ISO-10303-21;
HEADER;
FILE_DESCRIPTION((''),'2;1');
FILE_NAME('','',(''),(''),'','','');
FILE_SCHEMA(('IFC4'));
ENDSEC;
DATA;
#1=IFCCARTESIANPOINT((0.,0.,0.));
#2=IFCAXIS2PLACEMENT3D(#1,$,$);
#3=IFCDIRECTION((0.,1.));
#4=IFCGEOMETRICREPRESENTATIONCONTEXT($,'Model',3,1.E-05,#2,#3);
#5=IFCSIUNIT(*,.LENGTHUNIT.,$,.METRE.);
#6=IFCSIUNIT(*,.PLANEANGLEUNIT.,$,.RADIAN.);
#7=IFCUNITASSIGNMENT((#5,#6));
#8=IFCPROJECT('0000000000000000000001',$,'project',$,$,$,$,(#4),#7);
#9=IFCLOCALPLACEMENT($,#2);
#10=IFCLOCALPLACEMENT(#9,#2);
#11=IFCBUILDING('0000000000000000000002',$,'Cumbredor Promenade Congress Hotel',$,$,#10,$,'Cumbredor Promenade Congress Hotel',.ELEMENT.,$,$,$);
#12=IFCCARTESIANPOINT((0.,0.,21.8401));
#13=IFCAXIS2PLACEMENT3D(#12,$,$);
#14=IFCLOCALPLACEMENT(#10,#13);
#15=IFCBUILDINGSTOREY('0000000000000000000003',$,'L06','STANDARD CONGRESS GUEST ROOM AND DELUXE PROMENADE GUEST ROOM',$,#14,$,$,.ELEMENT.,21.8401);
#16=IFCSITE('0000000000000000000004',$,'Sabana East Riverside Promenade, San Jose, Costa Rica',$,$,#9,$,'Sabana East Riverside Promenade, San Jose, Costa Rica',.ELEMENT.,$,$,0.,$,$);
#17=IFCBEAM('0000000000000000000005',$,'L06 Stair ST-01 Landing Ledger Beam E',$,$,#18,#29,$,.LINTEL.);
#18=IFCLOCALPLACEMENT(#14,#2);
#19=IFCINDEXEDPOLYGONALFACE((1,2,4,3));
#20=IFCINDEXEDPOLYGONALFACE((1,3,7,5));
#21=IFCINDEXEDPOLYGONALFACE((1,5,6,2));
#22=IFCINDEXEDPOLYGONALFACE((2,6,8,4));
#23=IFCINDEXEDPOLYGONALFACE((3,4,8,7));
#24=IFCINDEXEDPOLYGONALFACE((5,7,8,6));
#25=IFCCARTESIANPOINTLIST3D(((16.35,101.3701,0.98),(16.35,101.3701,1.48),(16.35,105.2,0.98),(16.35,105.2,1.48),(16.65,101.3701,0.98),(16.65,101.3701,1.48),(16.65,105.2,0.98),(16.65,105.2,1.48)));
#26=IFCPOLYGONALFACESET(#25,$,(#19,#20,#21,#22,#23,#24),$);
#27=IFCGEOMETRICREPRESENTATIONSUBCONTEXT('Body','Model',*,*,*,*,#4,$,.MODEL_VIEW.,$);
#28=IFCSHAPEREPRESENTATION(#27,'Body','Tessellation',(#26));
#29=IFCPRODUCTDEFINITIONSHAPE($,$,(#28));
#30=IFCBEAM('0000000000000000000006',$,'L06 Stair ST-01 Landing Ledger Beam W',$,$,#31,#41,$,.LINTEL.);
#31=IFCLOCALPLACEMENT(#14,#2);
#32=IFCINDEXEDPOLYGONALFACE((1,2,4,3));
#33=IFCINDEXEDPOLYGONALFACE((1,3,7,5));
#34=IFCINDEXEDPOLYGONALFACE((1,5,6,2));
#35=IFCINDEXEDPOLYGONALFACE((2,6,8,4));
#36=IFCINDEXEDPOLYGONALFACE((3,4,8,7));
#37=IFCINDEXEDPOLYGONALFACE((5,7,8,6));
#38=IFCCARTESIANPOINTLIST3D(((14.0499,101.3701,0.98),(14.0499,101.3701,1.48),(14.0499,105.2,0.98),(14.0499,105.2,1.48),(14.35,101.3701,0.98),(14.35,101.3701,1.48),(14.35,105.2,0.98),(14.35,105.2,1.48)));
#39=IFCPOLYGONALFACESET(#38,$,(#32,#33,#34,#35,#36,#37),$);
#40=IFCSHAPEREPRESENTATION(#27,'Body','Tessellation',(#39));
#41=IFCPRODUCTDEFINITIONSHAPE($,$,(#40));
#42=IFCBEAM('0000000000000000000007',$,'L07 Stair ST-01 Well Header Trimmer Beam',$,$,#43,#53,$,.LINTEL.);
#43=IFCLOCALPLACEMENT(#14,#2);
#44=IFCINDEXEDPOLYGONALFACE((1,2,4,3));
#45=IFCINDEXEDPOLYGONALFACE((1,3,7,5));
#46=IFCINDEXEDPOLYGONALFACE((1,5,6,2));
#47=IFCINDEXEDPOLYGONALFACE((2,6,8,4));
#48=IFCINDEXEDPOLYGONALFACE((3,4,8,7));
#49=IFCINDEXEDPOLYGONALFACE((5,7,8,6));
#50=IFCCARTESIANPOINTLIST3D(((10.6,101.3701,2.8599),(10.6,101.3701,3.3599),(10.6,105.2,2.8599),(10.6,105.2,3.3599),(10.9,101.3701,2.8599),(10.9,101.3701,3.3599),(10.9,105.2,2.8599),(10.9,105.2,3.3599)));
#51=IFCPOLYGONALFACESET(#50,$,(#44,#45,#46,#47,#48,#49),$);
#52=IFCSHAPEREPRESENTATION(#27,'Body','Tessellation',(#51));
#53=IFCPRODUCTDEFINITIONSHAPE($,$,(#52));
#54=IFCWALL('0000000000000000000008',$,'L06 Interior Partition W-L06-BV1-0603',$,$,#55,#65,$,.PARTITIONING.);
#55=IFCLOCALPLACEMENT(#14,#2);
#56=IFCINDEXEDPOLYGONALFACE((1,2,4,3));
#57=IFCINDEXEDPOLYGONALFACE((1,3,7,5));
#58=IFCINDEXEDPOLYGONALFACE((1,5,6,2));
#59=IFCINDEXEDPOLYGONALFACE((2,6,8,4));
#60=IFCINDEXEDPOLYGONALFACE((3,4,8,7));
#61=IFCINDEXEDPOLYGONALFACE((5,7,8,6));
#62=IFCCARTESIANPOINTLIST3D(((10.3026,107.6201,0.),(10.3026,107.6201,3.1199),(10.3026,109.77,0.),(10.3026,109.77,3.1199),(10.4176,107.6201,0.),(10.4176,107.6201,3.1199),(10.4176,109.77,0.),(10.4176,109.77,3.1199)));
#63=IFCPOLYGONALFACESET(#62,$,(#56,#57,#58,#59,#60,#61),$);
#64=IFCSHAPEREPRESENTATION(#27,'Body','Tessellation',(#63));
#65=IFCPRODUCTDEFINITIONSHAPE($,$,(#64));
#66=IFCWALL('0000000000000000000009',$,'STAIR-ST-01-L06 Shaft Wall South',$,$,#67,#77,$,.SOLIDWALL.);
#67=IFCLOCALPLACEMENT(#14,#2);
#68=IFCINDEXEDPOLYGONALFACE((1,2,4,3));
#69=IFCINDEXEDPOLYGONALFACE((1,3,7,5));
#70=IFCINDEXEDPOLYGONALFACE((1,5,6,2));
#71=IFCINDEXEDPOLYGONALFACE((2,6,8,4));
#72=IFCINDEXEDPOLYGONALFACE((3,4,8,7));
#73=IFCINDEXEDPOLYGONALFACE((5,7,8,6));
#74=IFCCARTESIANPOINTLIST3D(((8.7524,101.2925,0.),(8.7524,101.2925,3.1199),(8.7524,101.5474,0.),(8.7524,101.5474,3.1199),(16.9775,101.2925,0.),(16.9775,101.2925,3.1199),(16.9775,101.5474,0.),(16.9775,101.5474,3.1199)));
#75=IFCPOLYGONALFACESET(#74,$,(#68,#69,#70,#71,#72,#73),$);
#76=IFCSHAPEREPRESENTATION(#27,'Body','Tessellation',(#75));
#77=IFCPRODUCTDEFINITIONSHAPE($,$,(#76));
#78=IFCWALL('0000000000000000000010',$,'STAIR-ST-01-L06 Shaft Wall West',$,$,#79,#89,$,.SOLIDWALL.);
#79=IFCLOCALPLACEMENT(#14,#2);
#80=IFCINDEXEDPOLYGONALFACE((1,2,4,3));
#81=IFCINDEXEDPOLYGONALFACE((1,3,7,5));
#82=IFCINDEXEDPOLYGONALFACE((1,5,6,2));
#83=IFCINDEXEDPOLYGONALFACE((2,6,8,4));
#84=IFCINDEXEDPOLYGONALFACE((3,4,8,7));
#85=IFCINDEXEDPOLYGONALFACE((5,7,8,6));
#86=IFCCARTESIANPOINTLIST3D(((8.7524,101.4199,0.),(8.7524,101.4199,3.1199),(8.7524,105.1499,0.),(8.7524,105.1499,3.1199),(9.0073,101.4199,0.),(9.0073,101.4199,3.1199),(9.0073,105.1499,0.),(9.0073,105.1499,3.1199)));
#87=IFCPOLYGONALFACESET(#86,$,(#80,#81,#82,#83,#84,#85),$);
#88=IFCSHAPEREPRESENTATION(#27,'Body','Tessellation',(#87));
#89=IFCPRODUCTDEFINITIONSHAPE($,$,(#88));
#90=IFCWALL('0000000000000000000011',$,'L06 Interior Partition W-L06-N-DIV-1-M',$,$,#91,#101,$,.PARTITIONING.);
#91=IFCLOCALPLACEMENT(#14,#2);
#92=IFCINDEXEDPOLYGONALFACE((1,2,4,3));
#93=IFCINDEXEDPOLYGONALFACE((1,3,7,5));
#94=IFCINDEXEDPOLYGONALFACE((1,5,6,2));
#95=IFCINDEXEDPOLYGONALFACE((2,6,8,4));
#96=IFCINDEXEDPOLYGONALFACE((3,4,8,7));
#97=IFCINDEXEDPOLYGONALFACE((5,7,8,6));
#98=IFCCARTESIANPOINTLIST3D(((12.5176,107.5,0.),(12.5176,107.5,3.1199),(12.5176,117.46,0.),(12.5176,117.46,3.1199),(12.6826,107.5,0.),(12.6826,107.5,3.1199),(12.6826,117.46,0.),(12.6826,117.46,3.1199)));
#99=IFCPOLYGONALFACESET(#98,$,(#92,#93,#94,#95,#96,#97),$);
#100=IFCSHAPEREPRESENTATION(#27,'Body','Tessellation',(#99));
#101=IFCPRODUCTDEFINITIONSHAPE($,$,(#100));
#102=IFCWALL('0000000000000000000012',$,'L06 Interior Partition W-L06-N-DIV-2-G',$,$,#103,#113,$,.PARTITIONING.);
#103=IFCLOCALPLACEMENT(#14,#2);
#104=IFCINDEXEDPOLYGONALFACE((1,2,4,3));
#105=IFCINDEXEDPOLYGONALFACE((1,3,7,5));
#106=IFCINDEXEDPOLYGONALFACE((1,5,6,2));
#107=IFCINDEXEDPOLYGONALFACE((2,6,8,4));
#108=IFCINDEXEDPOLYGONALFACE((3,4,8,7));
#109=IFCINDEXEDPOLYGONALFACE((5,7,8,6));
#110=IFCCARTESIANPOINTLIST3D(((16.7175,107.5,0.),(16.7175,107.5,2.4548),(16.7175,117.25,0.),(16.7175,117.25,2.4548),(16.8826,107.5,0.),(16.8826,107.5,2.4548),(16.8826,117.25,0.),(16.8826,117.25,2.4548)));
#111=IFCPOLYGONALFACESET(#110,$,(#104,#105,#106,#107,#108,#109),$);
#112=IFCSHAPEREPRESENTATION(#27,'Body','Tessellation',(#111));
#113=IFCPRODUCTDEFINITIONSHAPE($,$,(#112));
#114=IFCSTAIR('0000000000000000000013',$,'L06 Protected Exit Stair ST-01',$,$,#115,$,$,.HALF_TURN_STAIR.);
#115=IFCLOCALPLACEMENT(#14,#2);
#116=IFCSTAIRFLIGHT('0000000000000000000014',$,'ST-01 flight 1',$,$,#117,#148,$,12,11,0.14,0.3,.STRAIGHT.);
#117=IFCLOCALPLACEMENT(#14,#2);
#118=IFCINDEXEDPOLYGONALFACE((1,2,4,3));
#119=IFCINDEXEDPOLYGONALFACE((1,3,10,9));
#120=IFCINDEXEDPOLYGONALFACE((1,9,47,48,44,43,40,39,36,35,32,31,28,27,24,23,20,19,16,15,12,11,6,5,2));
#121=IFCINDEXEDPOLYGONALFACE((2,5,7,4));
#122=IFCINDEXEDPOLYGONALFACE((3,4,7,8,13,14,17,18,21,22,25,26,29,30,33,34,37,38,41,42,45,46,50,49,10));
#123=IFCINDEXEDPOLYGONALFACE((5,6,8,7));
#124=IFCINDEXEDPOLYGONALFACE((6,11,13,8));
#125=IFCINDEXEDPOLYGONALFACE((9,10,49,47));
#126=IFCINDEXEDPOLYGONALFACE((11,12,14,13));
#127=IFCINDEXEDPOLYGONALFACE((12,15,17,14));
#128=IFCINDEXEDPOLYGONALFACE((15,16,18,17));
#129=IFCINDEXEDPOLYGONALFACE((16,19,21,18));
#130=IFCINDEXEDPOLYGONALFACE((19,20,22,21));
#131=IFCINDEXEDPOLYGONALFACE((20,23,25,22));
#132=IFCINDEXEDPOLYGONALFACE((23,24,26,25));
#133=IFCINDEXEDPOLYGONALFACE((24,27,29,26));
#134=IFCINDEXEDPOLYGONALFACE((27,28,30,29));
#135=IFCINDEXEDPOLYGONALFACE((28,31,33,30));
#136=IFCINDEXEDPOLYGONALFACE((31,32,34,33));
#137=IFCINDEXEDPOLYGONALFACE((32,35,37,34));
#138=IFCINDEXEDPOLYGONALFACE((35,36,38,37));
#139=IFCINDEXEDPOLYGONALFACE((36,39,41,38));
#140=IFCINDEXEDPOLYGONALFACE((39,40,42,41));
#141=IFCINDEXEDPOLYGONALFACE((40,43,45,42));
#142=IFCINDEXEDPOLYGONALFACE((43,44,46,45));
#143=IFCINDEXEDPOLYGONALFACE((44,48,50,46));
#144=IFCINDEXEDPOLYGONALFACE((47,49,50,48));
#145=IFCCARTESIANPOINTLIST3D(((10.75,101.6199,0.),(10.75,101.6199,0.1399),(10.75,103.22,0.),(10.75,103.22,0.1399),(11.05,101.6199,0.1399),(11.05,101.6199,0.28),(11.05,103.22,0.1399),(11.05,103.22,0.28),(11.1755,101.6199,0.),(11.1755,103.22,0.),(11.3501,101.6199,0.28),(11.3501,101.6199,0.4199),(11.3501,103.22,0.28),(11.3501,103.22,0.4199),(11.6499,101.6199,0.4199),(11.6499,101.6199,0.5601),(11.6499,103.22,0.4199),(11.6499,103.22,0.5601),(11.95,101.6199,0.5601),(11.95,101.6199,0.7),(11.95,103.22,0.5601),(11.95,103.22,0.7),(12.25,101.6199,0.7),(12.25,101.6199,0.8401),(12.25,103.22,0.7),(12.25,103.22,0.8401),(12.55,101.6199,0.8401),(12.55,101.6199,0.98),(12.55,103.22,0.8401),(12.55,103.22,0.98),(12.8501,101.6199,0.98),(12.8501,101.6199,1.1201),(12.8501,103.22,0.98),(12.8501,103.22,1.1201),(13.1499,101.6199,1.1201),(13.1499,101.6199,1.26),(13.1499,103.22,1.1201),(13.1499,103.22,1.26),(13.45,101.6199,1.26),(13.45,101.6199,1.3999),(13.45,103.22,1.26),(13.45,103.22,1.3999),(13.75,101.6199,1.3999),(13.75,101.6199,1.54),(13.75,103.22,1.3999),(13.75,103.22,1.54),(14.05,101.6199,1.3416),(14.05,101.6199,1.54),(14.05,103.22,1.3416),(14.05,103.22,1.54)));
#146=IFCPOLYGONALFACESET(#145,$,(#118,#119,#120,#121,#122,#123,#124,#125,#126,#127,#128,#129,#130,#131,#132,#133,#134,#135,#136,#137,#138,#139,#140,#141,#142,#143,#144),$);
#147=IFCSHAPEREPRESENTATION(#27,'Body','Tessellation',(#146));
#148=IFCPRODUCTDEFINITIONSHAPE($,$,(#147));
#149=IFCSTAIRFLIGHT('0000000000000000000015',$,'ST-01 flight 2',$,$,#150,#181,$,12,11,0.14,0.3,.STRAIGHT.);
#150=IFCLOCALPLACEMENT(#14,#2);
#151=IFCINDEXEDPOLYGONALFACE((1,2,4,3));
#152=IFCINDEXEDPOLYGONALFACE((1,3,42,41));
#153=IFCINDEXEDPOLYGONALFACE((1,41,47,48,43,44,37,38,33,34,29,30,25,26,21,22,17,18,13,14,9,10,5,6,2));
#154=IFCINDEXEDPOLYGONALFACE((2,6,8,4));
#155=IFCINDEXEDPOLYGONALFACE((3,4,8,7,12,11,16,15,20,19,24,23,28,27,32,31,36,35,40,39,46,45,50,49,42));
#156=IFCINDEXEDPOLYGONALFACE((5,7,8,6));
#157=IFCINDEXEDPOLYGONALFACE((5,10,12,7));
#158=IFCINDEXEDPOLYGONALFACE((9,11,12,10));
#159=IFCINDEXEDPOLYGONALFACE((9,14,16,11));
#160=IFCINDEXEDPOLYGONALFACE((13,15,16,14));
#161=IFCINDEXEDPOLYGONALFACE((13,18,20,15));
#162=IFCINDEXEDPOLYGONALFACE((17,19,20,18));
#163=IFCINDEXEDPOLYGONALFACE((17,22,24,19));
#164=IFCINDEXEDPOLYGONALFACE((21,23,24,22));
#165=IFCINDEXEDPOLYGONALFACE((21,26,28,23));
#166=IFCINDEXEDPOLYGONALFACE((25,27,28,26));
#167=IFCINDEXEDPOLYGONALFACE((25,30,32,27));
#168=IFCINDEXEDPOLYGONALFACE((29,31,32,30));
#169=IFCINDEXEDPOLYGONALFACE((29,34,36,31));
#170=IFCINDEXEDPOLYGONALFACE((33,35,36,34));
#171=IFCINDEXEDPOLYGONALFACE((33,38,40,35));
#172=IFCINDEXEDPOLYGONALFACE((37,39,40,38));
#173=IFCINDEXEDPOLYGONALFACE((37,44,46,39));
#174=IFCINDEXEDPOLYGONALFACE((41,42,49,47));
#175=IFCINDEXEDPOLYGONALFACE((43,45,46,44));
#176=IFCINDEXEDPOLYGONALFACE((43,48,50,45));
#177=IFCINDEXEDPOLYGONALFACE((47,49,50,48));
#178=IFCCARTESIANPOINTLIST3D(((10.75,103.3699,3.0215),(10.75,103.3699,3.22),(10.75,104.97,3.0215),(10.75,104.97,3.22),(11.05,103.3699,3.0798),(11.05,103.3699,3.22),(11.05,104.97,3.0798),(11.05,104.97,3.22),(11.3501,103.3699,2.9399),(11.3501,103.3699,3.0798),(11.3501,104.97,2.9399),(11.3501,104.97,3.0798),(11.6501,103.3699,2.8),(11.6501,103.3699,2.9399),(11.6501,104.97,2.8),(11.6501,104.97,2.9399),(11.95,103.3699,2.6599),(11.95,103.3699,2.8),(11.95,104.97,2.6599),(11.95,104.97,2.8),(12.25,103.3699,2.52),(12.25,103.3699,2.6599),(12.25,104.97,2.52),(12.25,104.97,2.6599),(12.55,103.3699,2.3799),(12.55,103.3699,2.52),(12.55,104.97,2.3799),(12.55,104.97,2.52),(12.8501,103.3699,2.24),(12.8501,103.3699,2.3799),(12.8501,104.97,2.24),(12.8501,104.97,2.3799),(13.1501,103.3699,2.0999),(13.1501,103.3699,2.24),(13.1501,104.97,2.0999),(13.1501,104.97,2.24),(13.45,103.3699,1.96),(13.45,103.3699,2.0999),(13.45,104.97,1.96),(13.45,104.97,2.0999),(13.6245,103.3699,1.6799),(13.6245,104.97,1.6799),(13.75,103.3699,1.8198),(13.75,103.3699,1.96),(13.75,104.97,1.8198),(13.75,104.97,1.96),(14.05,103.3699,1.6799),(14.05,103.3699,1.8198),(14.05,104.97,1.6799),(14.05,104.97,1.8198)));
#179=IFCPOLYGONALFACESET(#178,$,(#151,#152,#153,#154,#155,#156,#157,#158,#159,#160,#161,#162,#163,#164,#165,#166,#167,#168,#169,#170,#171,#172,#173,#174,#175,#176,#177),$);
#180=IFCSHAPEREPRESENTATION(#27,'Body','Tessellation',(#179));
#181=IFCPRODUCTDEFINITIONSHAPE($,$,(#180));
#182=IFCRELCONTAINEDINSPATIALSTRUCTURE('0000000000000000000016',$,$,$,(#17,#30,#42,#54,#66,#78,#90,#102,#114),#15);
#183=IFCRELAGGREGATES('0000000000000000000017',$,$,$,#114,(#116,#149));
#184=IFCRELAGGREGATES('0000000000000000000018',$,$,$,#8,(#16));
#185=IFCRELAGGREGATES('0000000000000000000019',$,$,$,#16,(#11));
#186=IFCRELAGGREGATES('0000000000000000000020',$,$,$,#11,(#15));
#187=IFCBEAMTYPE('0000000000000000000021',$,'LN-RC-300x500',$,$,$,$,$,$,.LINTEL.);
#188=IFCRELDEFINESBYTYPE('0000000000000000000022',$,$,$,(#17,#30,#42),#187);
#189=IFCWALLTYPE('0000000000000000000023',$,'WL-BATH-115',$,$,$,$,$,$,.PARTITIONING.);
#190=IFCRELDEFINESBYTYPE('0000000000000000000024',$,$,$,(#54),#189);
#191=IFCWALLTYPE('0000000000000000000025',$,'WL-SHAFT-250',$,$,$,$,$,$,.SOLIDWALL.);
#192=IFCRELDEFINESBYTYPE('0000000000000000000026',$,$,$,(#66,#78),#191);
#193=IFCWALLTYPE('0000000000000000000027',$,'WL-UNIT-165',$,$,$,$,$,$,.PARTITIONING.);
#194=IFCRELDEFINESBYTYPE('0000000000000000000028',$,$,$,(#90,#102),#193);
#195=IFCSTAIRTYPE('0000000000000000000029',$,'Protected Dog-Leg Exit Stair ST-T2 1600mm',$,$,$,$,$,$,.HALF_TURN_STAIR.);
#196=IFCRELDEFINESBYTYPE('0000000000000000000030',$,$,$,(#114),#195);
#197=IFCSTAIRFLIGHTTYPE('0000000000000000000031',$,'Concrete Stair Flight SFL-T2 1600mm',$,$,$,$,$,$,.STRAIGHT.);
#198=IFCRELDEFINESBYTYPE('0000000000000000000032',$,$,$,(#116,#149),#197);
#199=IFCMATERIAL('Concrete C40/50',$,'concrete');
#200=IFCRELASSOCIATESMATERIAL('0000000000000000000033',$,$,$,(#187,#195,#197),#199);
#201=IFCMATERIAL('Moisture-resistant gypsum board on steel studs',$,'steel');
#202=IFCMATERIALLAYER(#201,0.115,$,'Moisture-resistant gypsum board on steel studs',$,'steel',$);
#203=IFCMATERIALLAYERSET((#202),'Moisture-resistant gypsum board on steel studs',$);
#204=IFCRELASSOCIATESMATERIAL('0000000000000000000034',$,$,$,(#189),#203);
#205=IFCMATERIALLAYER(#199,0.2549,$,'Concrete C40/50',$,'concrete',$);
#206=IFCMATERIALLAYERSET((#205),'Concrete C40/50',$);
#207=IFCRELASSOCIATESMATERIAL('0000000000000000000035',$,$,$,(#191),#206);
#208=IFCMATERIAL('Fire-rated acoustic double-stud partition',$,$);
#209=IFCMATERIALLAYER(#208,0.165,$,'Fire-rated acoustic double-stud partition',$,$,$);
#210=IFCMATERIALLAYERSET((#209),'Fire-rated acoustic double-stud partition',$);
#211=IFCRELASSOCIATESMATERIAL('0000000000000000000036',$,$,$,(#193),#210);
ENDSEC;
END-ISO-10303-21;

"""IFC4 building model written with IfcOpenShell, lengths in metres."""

from ifc_helpers import new_model, si_unit, direction, frame, frame_2d, origin, origin_2d, place, context, subcontext, project, spatial, polyline, rectangle, outline, extrude, material, layer, layer_set, material_profile, profile_set, type_object, element, aggregate, save


model = new_model("IFC4")

# Units and contexts
model_context = context("Model", 3, precision=1e-05, world=origin(), true_north=direction((0.0, 1.0)))
body_context = subcontext(model_context, "Body", "Model", "MODEL_VIEW")
ifc_project = project(units=[si_unit("LENGTHUNIT", "METRE"), si_unit("PLANEANGLEUNIT", "RADIAN")], contexts=[model_context])

# Site, building, storey
site_placement = place(None, origin())
site = spatial("IfcSite", under=ifc_project, at=site_placement, Name="Sabana East Riverside Promenade, San Jose, Costa Rica", LongName="Sabana East Riverside Promenade, San Jose, Costa Rica", CompositionType="ELEMENT", RefElevation=0.0)
building_placement = place(site_placement, origin())
building = spatial("IfcBuilding", under=site, at=building_placement, Name="Cumbredor Promenade Congress Hotel", LongName="Cumbredor Promenade Congress Hotel", CompositionType="ELEMENT")
storey_placement = place(building_placement, frame((0.0, 0.0, 21.8401)))
storey = spatial("IfcBuildingStorey", under=building, at=storey_placement, Name="L06", Description="STANDARD CONGRESS GUEST ROOM AND DELUXE PROMENADE GUEST ROOM", CompositionType="ELEMENT", Elevation=21.8401)

# Beams
ifc_material_1 = material(Name="Concrete C40/50", Category="concrete")
ifc_material_profile = material_profile(ifc_material_1, rectangle(XDim=0.3, YDim=0.5, at=origin_2d()), Name="RC LINTEL 300x500")
ifc_profile_set = profile_set([ifc_material_profile], Name="Concrete C40/50")
beam_type = type_object("IfcBeamType", Name="LN-RC-300x500", PredefinedType="LINTEL", material=ifc_profile_set)
for number, where, z_axis, x_axis, name in (
    (1, (16.5, 101.3701, 1.23), (0.0, 1.0, 0.0), (-1.0, 0.0, 0.0), "L06 Stair ST-01 Landing Ledger Beam E"),
    (2, (14.2, 101.3701, 1.23), (0.0, 1.0, 0.0), (-1.0, 0.0, 0.0), "L06 Stair ST-01 Landing Ledger Beam W"),
    (3, (10.75, 101.3701, 3.1099), (0.0, 1.0, 0.0), (-1.0, 0.0, 0.0), "L07 Stair ST-01 Well Header Trimmer Beam"),
):
    element("IfcBeam", number, at=place(storey_placement, frame(where, z_axis=z_axis, x_axis=x_axis)), inside=storey, type_object=beam_type, Name=name, PredefinedType="LINTEL", context=body_context, shape_type="SweptSolid", body=[
        extrude(rectangle(XDim=0.3, YDim=0.5, at=origin_2d()), origin(), (0.0, 0.0, 1.0), 3.8298),
    ])

# Walls
ifc_material_2 = material(Name="Moisture-resistant gypsum board on steel studs", Category="steel")
ifc_layer_1 = layer(ifc_material_2, 0.115, Name="Moisture-resistant gypsum board on steel studs", Category="steel")
ifc_layer_set_1 = layer_set([ifc_layer_1], Name="Moisture-resistant gypsum board on steel studs")
wall_type_1 = type_object("IfcWallType", Name="WL-BATH-115", PredefinedType="PARTITIONING", material=ifc_layer_set_1)
wall_1_placement = place(storey_placement, frame((10.3601, 107.6201, 0.0), z_axis=(0.0, 0.0, 1.0), x_axis=(0.0, 1.0, 0.0)))
element("IfcWall", 4, at=wall_1_placement, inside=storey, type_object=wall_type_1, Name="L06 Interior Partition W-L06-BV1-0603", PredefinedType="PARTITIONING", context=body_context, shape_type="SweptSolid", body=[
    extrude(rectangle(XDim=2.1499, YDim=0.115, at=frame_2d((1.075, 0.0))), origin(), (0.0, 0.0, 1.0), 3.1199),
])
ifc_layer_2 = layer(ifc_material_1, 0.2549, Name="Concrete C40/50", Category="concrete")
ifc_layer_set_2 = layer_set([ifc_layer_2], Name="Concrete C40/50")
wall_type_2 = type_object("IfcWallType", Name="WL-SHAFT-250", PredefinedType="SOLIDWALL", material=ifc_layer_set_2)
wall_2_placement = place(storey_placement, frame((8.7524, 101.4199, 0.0), z_axis=(0.0, 0.0, 1.0), x_axis=(1.0, 0.0, 0.0)))
element("IfcWall", 5, at=wall_2_placement, inside=storey, type_object=wall_type_2, Name="STAIR-ST-01-L06 Shaft Wall South", PredefinedType="SOLIDWALL", context=body_context, shape_type="SweptSolid", body=[
    extrude(rectangle(XDim=8.2251, YDim=0.2549, at=frame_2d((4.1125, 0.0))), origin(), (0.0, 0.0, 1.0), 3.1199),
])

# Walls
wall_3_placement = place(storey_placement, frame((8.8799, 101.4199, 0.0), z_axis=(0.0, 0.0, 1.0), x_axis=(0.0, 1.0, 0.0)))
element("IfcWall", 6, at=wall_3_placement, inside=storey, type_object=wall_type_2, Name="STAIR-ST-01-L06 Shaft Wall West", PredefinedType="SOLIDWALL", context=body_context, shape_type="SweptSolid", body=[
    extrude(rectangle(XDim=3.73, YDim=0.2549, at=frame_2d((1.865, 0.0))), origin(), (0.0, 0.0, 1.0), 3.1199),
])
ifc_material_3 = material(Name="Fire-rated acoustic double-stud partition")
ifc_layer_3 = layer(ifc_material_3, 0.165, Name="Fire-rated acoustic double-stud partition")
ifc_layer_set_3 = layer_set([ifc_layer_3], Name="Fire-rated acoustic double-stud partition")
wall_type_3 = type_object("IfcWallType", Name="WL-UNIT-165", PredefinedType="PARTITIONING", material=ifc_layer_set_3)
wall_4_placement = place(storey_placement, frame((12.6001, 107.5, 0.0), z_axis=(0.0, 0.0, 1.0), x_axis=(0.0, 1.0, 0.0)))
element("IfcWall", 7, at=wall_4_placement, inside=storey, type_object=wall_type_3, Name="L06 Interior Partition W-L06-N-DIV-1-M", PredefinedType="PARTITIONING", context=body_context, shape_type="SweptSolid", body=[
    extrude(rectangle(XDim=9.96, YDim=0.165, at=frame_2d((4.98, 0.0))), origin(), (0.0, 0.0, 1.0), 3.1199),
])
wall_5_placement = place(storey_placement, frame((16.8, 107.5, 0.0), z_axis=(0.0, 0.0, 1.0), x_axis=(0.0, 1.0, 0.0)))
element("IfcWall", 8, at=wall_5_placement, inside=storey, type_object=wall_type_3, Name="L06 Interior Partition W-L06-N-DIV-2-G", PredefinedType="PARTITIONING", context=body_context, shape_type="SweptSolid", body=[
    extrude(rectangle(XDim=9.75, YDim=0.165, at=frame_2d((4.875, 0.0))), origin(), (0.0, 0.0, 1.0), 2.4548),
])

# Stair, stair flights
stair_type = type_object("IfcStairType", Name="Protected Dog-Leg Exit Stair ST-T2 1600mm", PredefinedType="HALF_TURN_STAIR", material=ifc_material_1)
stair_placement = place(storey_placement, origin())
stair = element("IfcStair", 9, at=stair_placement, inside=storey, type_object=stair_type, Name="L06 Protected Exit Stair ST-01", PredefinedType="HALF_TURN_STAIR")
stair_flight_type = type_object("IfcStairFlightType", Name="Concrete Stair Flight SFL-T2 1600mm", PredefinedType="STRAIGHT", material=ifc_material_1)
stair_flight_1_placement = place(storey_placement, frame((10.75, 102.4199, 0.0), z_axis=(0.0, 0.0, 1.0), x_axis=(1.0, 0.0, 0.0)))
stair_flight_1 = element("IfcStairFlight", 10, at=stair_flight_1_placement, type_object=stair_flight_type, Name="ST-01 flight 1", NumberOfRisers=12, NumberOfTreads=11, PredefinedType="STRAIGHT", RiserHeight=0.14, TreadLength=0.3, context=body_context, shape_type="SweptSolid", body=[
    extrude(outline(polyline([(0.0, 0.0), (0.0, 0.1399), (0.3, 0.1399), (0.3, 0.28), (0.6001, 0.28), (0.6001, 0.4199), (0.8999, 0.4199), (0.8999, 0.5601), (1.2, 0.5601), (1.2, 0.7), (1.5, 0.7), (1.5, 0.8401), (1.8, 0.8401), (1.8, 0.98), (2.1001, 0.98), (2.1001, 1.1201), (2.3999, 1.1201), (2.3999, 1.26), (2.7, 1.26), (2.7, 1.3999), (3.0, 1.3999), (3.0, 1.54), (3.3, 1.54), (3.3, 1.6799), (3.3, 1.3416), (0.4255, 0.0), (0.0, 0.0)])), frame((0.0, 0.8, 0.0), z_axis=(0.0, -1.0, 0.0), x_axis=(1.0, 0.0, 0.0)), (0.0, 0.0, 1.0), 1.6001),
])
stair_flight_2_placement = place(storey_placement, frame((14.05, 104.1699, 1.6799), z_axis=(0.0, 0.0, 1.0), x_axis=(-1.0, 0.0, 0.0)))
stair_flight_2 = element("IfcStairFlight", 11, at=stair_flight_2_placement, type_object=stair_flight_type, Name="ST-01 flight 2", NumberOfRisers=12, NumberOfTreads=11, PredefinedType="STRAIGHT", RiserHeight=0.14, TreadLength=0.3, context=body_context, shape_type="SweptSolid", body=[
    extrude(outline(polyline([(0.0, 0.0), (0.0, 0.1399), (0.3, 0.1399), (0.3, 0.28), (0.6001, 0.28), (0.6001, 0.4199), (0.8999, 0.4199), (0.8999, 0.5601), (1.2, 0.5601), (1.2, 0.7), (1.5, 0.7), (1.5, 0.8401), (1.8, 0.8401), (1.8, 0.98), (2.1001, 0.98), (2.1001, 1.1201), (2.3999, 1.1201), (2.3999, 1.26), (2.7, 1.26), (2.7, 1.3999), (3.0, 1.3999), (3.0, 1.54), (3.3, 1.54), (3.3, 1.6799), (3.3, 1.3416), (0.4255, 0.0), (0.0, 0.0)])), frame((0.0, 0.8, 0.0), z_axis=(0.0, -1.0, 0.0), x_axis=(1.0, 0.0, 0.0)), (0.0, 0.0, 1.0), 1.6001),
])
aggregate(stair, [stair_flight_1, stair_flight_2])

save(model, "model.ifc")
